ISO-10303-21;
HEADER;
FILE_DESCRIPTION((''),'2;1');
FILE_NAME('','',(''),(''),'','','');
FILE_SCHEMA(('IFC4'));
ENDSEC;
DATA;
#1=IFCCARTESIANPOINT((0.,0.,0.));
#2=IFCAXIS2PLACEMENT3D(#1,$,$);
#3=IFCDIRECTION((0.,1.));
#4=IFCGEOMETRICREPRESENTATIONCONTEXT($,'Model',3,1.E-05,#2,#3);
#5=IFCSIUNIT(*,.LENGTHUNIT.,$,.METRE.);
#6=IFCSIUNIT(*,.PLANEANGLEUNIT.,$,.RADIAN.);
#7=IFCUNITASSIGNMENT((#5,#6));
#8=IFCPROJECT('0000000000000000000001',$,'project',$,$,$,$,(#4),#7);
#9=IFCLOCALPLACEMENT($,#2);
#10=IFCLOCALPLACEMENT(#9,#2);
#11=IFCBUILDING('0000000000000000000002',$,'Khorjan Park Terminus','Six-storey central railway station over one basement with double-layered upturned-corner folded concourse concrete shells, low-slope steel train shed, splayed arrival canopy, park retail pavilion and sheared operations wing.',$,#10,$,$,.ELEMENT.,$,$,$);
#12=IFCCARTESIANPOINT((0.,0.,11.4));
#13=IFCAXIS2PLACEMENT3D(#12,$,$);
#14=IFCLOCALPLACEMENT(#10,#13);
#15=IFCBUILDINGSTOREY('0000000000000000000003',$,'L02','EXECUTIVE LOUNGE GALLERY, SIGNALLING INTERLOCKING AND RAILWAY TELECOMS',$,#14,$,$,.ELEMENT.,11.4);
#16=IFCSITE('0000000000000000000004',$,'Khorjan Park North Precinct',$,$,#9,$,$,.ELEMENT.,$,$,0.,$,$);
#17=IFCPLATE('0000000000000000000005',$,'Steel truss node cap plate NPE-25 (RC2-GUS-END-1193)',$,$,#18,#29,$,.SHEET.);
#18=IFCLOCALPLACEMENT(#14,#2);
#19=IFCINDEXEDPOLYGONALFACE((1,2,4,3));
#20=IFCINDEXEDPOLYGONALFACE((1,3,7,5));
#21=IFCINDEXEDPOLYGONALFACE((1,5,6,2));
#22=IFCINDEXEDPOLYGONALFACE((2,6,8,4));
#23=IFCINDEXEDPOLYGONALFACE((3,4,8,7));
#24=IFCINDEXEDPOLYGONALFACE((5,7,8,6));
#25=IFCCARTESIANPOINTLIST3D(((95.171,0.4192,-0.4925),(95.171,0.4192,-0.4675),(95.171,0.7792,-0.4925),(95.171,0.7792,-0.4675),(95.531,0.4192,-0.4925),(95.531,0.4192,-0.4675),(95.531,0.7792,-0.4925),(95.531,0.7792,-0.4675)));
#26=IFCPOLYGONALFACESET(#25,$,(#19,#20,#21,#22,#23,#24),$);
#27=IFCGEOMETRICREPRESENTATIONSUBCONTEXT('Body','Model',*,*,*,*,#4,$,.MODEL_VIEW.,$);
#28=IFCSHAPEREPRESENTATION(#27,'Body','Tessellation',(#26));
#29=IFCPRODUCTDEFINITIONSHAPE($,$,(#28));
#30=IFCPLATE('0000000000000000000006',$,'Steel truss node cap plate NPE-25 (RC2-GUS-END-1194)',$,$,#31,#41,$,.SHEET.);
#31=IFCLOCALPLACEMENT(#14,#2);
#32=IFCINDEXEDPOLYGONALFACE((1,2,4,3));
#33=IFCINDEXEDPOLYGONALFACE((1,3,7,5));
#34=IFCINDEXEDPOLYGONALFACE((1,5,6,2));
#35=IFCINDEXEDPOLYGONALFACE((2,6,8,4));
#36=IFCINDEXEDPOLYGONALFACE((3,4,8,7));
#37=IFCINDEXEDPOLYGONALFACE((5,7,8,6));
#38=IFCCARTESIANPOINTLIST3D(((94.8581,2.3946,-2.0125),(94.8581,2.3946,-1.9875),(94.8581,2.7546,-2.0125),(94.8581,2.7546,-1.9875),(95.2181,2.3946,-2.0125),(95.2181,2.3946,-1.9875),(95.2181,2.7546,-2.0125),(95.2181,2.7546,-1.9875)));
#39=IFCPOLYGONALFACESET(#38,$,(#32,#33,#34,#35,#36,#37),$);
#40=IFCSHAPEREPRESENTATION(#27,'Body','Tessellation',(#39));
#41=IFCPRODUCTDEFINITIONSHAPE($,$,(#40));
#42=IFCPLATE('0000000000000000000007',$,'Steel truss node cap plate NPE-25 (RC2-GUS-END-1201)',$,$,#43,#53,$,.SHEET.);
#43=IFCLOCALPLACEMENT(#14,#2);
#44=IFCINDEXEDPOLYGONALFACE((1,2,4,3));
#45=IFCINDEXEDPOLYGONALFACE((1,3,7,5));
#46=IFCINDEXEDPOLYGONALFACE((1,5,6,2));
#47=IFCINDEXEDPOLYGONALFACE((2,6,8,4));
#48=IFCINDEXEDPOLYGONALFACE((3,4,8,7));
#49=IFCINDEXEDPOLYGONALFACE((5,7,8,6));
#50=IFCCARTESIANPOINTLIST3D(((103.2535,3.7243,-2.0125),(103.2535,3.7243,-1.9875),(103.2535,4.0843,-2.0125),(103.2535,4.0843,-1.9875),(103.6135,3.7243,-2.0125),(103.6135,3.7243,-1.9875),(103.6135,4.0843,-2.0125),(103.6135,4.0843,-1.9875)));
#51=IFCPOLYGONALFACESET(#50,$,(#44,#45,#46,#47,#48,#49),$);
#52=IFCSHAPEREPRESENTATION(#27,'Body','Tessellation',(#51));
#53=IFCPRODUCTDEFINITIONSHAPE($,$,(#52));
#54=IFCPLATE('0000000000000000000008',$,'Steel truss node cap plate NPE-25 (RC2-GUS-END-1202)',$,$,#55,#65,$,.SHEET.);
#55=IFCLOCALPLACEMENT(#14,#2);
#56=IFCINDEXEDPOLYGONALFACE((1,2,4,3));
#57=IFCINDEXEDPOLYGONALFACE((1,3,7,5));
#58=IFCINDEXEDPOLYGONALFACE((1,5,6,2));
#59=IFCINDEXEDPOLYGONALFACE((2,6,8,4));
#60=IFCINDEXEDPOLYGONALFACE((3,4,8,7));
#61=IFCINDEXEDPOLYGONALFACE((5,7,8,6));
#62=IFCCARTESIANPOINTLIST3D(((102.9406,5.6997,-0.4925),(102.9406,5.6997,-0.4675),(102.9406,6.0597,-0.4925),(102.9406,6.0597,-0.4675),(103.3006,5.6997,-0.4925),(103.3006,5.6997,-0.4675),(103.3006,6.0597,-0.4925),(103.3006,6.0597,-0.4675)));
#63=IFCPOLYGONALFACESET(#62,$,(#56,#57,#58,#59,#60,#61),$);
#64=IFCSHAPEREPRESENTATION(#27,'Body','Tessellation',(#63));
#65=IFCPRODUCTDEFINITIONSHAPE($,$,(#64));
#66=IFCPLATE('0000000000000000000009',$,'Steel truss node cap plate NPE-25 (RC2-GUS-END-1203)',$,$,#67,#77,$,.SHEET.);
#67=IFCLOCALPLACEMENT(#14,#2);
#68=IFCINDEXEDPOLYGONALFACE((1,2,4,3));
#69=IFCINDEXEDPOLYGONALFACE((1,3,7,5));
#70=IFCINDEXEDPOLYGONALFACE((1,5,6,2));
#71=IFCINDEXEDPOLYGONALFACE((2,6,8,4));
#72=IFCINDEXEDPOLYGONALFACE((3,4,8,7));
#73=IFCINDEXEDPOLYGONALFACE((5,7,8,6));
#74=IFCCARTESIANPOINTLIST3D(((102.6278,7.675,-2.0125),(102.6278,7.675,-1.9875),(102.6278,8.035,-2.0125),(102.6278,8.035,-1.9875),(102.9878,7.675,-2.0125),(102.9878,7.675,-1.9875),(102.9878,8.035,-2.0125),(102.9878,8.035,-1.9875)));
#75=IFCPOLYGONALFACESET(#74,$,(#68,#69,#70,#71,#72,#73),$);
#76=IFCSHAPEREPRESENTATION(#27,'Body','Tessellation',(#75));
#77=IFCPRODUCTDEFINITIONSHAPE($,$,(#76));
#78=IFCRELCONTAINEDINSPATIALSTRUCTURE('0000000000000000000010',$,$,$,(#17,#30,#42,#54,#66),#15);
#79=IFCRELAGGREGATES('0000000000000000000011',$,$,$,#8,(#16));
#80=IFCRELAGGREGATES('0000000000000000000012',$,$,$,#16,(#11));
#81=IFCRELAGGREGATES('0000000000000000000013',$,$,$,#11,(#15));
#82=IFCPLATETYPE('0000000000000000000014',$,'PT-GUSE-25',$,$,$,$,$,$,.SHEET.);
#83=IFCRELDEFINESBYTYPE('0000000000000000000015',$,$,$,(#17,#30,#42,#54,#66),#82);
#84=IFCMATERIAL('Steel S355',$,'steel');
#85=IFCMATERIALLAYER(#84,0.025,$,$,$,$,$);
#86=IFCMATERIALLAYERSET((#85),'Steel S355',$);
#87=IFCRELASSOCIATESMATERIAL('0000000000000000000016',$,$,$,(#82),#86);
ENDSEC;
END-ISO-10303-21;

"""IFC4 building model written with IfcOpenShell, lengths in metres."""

from ifc_helpers import new_model, si_unit, direction, frame, origin, origin_2d, place, context, subcontext, project, spatial, rectangle, extrude, material, layer, layer_set, type_object, element, save


model = new_model("IFC4")

# Units and contexts
model_context = context("Model", 3, precision=1e-05, world=origin(), true_north=direction((0.0, 1.0)))
body_context = subcontext(model_context, "Body", "Model", "MODEL_VIEW")
ifc_project = project(units=[si_unit("LENGTHUNIT", "METRE"), si_unit("PLANEANGLEUNIT", "RADIAN")], contexts=[model_context])

# Site, building, storey
site_placement = place(None, origin())
site = spatial("IfcSite", under=ifc_project, at=site_placement, Name="Khorjan Park North Precinct", CompositionType="ELEMENT", RefElevation=0.0)
building_placement = place(site_placement, origin())
building = spatial("IfcBuilding", under=site, at=building_placement, Name="Khorjan Park Terminus", Description="Six-storey central railway station over one basement with double-layered upturned-corner folded concourse concrete shells, low-slope steel train shed, splayed arrival canopy, park retail pavilion and sheared operations wing.", CompositionType="ELEMENT")
storey_placement = place(building_placement, frame((0.0, 0.0, 11.4)))
storey = spatial("IfcBuildingStorey", under=building, at=storey_placement, Name="L02", Description="EXECUTIVE LOUNGE GALLERY, SIGNALLING INTERLOCKING AND RAILWAY TELECOMS", CompositionType="ELEMENT", Elevation=11.4)

# Shared definitions
ifc_material = material(Name="Steel S355", Category="steel")

# Plates
ifc_layer_1 = layer(ifc_material, 0.025)
ifc_layer_set_1 = layer_set([ifc_layer_1], Name="Steel S355")
plate_type_1 = type_object("IfcPlateType", Name="PT-GUSE-25", PredefinedType="SHEET", material=ifc_layer_set_1)
for number, where, z_axis, x_axis, name in (
    (1, (95.351, 0.5992, -0.4925), (0.0, 0.0, 1.0), (1.0, 0.0, 0.0), "Steel truss node cap plate NPE-25 (RC2-GUS-END-1193)"),
    (2, (95.0381, 2.5746, -2.0125), (0.0, 0.0, 1.0), (1.0, 0.0, 0.0), "Steel truss node cap plate NPE-25 (RC2-GUS-END-1194)"),
    (3, (103.4335, 3.9043, -2.0125), (0.0, 0.0, 1.0), (1.0, 0.0, 0.0), "Steel truss node cap plate NPE-25 (RC2-GUS-END-1201)"),
    (4, (103.1206, 5.8797, -0.4925), (0.0, 0.0, 1.0), (1.0, 0.0, 0.0), "Steel truss node cap plate NPE-25 (RC2-GUS-END-1202)"),
    (5, (102.8078, 7.855, -2.0125), (0.0, 0.0, 1.0), (1.0, 0.0, 0.0), "Steel truss node cap plate NPE-25 (RC2-GUS-END-1203)"),
):
    element("IfcPlate", number, at=place(storey_placement, frame(where, z_axis=z_axis, x_axis=x_axis)), inside=storey, type_object=plate_type_1, Name=name, PredefinedType="SHEET", context=body_context, shape_type="SweptSolid", body=[
        extrude(rectangle(XDim=0.36, YDim=0.36, at=origin_2d()), origin(), (0.0, 0.0, 1.0), 0.025),
    ])

save(model, "model.ifc")
